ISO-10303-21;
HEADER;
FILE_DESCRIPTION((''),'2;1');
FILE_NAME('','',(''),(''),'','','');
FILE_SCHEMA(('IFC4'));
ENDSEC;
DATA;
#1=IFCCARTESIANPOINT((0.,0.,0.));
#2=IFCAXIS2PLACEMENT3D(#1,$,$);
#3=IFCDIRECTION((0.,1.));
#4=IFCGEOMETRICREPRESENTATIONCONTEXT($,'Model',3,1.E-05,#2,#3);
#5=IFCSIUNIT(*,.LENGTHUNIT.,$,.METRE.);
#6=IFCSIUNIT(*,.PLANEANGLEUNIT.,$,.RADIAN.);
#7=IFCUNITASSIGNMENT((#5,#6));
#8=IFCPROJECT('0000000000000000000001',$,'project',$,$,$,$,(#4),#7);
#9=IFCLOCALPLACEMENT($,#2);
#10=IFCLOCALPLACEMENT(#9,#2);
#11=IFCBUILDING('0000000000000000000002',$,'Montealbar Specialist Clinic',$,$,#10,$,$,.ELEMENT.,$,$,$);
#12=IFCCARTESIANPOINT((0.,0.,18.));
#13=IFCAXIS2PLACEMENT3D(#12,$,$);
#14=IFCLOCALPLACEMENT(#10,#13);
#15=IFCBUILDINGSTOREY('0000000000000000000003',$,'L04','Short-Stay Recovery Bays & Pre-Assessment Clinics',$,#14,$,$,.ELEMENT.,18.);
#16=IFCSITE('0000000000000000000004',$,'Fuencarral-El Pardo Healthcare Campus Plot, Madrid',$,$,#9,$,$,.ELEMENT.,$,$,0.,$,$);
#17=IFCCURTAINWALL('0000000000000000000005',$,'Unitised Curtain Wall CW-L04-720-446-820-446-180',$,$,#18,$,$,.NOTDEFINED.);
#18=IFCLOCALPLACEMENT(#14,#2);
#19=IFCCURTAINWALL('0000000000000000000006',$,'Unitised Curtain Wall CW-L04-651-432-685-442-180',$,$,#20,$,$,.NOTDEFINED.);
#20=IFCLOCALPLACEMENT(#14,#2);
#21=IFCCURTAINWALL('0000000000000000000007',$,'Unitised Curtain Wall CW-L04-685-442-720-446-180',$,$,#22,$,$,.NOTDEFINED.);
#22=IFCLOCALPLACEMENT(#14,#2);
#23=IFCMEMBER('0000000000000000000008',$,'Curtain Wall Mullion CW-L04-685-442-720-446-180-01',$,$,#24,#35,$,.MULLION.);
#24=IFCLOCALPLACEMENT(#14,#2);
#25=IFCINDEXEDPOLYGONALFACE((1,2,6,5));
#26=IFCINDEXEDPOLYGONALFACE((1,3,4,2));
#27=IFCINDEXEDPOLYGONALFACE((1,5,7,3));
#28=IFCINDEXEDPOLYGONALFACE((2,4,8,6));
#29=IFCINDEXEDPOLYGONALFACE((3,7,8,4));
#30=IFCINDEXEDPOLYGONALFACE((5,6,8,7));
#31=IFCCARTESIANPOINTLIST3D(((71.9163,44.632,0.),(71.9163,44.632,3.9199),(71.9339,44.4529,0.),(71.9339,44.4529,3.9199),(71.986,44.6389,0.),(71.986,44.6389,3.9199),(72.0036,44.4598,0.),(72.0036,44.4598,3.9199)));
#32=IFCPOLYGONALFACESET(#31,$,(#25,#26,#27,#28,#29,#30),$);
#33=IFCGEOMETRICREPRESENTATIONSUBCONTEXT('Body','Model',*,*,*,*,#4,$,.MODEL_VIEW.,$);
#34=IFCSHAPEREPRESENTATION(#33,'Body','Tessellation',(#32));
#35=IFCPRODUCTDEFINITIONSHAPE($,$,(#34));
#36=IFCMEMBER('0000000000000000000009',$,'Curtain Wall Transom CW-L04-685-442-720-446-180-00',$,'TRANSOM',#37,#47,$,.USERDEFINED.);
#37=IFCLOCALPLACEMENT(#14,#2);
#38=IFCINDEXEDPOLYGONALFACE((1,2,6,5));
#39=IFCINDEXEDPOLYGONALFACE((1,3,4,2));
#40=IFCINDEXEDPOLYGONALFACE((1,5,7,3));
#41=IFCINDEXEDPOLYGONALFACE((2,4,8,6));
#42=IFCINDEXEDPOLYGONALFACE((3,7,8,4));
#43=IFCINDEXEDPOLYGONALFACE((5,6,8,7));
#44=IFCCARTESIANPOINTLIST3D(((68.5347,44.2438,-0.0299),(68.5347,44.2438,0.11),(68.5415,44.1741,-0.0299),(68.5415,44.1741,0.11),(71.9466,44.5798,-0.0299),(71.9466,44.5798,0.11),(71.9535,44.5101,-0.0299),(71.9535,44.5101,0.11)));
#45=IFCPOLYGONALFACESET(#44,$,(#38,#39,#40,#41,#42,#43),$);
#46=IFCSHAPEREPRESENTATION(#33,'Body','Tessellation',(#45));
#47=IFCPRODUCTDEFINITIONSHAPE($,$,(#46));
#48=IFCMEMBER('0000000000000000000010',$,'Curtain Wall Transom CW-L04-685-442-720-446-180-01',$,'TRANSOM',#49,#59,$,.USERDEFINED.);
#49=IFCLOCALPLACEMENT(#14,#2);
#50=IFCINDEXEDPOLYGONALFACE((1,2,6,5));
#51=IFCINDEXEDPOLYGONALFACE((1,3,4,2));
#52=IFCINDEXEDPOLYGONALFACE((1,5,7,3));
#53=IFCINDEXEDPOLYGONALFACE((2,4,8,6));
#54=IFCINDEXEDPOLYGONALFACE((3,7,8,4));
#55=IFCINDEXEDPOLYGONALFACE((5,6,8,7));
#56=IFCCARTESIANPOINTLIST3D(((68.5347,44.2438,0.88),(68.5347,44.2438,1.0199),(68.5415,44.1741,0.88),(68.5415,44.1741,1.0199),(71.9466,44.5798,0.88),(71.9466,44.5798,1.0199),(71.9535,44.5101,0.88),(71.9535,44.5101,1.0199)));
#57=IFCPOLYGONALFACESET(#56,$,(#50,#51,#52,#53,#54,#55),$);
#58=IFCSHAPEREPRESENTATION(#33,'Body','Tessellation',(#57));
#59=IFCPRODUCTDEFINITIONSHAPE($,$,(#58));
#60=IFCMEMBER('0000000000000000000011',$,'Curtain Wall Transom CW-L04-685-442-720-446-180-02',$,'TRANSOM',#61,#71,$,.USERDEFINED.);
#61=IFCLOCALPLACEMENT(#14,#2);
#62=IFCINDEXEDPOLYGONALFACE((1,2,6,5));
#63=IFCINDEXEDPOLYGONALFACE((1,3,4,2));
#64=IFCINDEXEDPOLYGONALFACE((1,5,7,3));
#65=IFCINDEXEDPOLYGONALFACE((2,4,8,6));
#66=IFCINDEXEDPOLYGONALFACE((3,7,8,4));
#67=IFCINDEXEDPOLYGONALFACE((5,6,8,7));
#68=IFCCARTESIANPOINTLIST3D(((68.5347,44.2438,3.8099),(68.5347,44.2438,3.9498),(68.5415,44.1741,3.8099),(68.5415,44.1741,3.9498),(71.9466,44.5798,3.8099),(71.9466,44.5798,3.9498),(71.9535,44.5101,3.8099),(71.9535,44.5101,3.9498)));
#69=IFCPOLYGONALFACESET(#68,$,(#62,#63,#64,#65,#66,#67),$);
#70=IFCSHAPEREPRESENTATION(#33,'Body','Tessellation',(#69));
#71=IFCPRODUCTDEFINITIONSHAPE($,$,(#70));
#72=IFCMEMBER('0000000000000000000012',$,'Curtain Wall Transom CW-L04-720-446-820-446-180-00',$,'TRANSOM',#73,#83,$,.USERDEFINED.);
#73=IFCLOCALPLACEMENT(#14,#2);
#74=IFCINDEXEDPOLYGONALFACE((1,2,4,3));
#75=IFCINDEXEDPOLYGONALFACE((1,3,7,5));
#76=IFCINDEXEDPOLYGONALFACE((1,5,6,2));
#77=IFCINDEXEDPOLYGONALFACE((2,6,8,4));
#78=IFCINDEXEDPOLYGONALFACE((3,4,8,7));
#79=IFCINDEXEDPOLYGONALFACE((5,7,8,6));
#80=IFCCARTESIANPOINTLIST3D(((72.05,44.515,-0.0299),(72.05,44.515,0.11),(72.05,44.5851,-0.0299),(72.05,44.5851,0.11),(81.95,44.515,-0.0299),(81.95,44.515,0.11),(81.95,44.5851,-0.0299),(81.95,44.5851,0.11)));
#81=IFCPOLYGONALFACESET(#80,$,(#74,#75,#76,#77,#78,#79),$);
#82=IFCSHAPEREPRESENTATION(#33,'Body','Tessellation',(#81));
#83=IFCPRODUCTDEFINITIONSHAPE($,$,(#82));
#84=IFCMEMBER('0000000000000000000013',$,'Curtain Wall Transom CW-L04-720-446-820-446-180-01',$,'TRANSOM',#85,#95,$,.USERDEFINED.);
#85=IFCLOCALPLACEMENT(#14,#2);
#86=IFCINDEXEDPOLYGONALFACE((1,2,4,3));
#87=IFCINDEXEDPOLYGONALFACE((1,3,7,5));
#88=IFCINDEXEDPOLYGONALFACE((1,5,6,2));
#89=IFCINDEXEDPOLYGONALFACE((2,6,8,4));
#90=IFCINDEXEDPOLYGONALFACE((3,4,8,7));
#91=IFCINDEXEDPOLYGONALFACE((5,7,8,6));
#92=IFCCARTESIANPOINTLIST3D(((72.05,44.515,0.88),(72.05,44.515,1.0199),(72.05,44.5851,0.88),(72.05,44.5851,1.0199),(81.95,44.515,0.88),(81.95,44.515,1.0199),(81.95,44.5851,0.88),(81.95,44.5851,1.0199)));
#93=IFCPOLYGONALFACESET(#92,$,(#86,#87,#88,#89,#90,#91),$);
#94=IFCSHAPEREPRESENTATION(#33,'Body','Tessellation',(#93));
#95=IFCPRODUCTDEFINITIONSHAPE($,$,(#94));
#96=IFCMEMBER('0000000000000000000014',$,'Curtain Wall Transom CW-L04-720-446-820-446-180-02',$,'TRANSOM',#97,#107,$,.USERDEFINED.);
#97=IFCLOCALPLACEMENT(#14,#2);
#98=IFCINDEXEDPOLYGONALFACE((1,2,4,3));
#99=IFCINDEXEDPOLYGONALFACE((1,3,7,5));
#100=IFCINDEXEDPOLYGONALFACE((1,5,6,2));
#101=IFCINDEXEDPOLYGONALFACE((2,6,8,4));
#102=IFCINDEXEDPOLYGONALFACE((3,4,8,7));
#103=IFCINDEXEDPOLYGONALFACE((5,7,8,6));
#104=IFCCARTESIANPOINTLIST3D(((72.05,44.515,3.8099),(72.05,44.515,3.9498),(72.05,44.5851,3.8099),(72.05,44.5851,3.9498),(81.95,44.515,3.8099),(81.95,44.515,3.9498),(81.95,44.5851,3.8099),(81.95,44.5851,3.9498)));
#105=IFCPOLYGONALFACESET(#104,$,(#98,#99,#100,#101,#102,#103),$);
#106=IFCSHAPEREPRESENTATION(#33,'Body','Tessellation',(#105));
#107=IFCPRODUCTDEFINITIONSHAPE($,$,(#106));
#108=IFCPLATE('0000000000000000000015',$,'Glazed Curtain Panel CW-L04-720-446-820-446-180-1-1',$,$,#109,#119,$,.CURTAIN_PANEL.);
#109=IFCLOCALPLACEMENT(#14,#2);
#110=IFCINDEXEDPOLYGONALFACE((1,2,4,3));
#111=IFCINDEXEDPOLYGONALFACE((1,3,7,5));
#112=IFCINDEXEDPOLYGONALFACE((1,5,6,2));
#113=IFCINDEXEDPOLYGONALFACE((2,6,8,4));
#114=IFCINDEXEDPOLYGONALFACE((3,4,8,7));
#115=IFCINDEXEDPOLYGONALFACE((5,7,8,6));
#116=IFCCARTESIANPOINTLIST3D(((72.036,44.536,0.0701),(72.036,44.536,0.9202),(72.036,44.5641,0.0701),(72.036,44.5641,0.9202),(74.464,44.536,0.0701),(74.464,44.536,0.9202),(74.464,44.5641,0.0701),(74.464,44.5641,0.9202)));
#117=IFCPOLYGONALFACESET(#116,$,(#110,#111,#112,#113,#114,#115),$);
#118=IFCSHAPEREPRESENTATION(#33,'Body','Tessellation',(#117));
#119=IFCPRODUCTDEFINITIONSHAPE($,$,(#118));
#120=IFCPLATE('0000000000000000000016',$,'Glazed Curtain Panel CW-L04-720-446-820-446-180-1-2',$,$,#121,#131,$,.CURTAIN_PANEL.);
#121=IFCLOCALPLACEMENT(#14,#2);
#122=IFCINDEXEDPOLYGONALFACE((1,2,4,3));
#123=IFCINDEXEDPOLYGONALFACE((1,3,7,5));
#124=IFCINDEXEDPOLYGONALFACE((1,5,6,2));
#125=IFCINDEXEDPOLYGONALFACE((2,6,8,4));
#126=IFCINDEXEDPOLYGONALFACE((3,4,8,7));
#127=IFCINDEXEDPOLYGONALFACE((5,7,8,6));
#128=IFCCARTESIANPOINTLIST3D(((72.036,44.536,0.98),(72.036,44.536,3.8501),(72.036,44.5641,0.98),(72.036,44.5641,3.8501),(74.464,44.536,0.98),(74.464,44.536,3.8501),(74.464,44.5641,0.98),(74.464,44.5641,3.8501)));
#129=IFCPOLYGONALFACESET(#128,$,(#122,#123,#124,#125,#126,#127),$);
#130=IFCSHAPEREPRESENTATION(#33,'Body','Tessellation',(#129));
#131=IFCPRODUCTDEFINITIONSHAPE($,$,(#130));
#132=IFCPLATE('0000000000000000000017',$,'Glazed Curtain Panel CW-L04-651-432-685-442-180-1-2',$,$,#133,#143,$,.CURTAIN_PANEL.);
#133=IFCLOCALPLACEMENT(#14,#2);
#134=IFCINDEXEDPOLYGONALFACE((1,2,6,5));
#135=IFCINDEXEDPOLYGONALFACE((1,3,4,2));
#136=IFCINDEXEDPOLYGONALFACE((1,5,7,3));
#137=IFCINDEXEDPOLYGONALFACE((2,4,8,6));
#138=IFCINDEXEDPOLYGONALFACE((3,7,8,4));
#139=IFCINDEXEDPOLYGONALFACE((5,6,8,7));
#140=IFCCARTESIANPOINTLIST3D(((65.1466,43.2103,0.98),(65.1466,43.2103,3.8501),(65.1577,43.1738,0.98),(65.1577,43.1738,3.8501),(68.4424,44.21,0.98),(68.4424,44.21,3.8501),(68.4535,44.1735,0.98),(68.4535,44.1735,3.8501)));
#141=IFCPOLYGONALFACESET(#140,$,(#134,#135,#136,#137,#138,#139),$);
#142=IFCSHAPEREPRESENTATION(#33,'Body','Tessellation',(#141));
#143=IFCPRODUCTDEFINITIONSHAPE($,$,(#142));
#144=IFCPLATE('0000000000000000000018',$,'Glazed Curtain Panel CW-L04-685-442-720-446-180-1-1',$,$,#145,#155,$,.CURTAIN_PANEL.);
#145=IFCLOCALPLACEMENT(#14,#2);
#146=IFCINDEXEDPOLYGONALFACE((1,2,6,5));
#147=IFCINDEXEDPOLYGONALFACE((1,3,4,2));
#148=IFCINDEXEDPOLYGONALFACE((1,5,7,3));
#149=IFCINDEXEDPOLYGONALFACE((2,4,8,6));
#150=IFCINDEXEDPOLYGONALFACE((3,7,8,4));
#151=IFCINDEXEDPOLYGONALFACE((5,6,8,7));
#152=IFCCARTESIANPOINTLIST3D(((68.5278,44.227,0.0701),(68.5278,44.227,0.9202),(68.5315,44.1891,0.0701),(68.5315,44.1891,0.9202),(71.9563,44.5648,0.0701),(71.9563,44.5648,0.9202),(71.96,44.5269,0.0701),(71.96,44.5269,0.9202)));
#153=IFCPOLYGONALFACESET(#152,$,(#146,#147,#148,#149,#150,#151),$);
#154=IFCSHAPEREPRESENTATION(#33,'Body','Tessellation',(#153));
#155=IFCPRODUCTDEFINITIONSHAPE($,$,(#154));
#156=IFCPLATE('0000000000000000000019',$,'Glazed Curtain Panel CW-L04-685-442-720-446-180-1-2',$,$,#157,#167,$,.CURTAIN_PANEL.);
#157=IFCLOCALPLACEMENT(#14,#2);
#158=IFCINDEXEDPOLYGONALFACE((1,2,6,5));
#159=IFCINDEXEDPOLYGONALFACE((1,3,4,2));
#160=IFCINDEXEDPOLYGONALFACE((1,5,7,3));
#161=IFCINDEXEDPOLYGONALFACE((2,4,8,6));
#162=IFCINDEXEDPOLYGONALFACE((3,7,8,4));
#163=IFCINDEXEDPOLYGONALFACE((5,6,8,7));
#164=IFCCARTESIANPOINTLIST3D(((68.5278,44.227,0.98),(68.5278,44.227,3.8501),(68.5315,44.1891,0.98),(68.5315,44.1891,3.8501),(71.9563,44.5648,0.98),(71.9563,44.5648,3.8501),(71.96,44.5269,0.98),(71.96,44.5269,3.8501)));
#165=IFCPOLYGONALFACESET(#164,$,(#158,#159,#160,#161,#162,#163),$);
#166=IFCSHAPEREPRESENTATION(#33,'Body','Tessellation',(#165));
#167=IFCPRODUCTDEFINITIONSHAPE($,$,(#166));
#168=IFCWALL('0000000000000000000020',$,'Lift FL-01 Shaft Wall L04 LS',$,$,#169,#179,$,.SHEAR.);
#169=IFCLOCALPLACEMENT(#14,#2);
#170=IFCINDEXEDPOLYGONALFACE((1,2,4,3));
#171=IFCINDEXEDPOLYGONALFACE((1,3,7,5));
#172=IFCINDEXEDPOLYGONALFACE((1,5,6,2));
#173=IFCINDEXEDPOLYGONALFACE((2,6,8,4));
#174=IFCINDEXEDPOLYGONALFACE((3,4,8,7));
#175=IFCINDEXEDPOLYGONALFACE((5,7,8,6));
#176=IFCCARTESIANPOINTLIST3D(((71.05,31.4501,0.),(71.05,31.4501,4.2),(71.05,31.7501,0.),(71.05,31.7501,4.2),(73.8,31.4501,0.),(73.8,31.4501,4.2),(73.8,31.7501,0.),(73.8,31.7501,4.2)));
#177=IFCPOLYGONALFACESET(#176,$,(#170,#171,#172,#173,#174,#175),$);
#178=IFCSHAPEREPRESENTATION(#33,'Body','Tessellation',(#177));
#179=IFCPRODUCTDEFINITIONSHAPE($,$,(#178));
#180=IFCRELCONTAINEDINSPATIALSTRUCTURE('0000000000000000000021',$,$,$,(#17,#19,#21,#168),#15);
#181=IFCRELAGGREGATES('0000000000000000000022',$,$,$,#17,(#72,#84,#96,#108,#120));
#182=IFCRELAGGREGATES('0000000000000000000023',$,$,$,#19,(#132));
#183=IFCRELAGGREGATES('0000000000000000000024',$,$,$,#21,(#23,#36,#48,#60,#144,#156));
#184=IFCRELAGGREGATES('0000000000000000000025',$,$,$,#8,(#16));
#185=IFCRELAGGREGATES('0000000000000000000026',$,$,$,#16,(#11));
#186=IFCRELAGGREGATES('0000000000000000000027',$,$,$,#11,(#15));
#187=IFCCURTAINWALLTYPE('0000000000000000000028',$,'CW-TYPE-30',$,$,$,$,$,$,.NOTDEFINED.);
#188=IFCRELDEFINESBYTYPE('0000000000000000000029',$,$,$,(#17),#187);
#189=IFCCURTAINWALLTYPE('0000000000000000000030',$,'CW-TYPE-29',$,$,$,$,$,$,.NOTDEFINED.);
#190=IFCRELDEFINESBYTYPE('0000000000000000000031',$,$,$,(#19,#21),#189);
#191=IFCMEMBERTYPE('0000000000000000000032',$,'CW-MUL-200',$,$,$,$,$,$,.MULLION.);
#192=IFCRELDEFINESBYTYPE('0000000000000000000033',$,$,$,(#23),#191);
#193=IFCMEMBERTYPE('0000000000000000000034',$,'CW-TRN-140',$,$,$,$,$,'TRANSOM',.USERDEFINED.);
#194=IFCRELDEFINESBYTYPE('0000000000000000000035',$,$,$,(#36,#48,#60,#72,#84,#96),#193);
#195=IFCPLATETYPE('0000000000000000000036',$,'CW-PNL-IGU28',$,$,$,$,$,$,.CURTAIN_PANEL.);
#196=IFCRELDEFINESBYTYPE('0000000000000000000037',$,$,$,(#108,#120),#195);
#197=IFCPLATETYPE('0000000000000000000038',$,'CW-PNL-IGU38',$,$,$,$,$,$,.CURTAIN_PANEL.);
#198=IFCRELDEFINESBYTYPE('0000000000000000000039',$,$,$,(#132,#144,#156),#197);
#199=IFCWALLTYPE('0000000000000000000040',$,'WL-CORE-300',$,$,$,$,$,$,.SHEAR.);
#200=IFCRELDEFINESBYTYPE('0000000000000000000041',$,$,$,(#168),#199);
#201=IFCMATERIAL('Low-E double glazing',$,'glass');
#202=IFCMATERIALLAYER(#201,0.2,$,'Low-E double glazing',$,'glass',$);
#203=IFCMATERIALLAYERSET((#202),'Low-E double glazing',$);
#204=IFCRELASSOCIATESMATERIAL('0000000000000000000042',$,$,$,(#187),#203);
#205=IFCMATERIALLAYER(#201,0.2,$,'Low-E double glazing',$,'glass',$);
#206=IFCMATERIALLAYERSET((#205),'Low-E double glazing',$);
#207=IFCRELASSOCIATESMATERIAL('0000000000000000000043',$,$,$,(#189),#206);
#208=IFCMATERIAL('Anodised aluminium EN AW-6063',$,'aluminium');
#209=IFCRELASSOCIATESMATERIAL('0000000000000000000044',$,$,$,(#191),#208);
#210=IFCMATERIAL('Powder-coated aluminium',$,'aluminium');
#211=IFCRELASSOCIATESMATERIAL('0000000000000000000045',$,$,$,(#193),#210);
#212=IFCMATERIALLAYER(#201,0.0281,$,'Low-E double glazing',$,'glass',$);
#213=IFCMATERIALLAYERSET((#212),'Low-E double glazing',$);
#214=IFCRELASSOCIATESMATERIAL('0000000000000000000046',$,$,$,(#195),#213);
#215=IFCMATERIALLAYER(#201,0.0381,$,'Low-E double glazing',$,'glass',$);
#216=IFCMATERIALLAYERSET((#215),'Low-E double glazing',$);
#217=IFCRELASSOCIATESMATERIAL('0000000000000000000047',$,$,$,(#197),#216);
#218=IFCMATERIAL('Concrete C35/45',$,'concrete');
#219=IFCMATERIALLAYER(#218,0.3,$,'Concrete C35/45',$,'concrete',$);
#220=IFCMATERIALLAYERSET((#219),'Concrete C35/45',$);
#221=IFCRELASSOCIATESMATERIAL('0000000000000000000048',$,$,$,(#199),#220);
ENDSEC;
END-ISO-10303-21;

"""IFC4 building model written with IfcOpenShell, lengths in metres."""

from ifc_helpers import new_model, si_unit, direction, frame, frame_2d, origin, origin_2d, place, context, subcontext, project, spatial, rectangle, extrude, material, layer, layer_set, material_profile, profile_set, type_object, element, aggregate, save


model = new_model("IFC4")

# Units and contexts
model_context = context("Model", 3, precision=1e-05, world=origin(), true_north=direction((0.0, 1.0)))
body_context = subcontext(model_context, "Body", "Model", "MODEL_VIEW")
ifc_project = project(units=[si_unit("LENGTHUNIT", "METRE"), si_unit("PLANEANGLEUNIT", "RADIAN")], contexts=[model_context])

# Site, building, storey
site_placement = place(None, origin())
site = spatial("IfcSite", under=ifc_project, at=site_placement, Name="Fuencarral-El Pardo Healthcare Campus Plot, Madrid", CompositionType="ELEMENT", RefElevation=0.0)
building_placement = place(site_placement, origin())
building = spatial("IfcBuilding", under=site, at=building_placement, Name="Montealbar Specialist Clinic", CompositionType="ELEMENT")
storey_placement = place(building_placement, frame((0.0, 0.0, 18.0)))
storey = spatial("IfcBuildingStorey", under=building, at=storey_placement, Name="L04", Description="Short-Stay Recovery Bays & Pre-Assessment Clinics", CompositionType="ELEMENT", Elevation=18.0)

# Curtain walls
ifc_material_1 = material(Name="Low-E double glazing", Category="glass")
ifc_layer_1 = layer(ifc_material_1, 0.2, Name="Low-E double glazing", Category="glass")
ifc_layer_set_1 = layer_set([ifc_layer_1], Name="Low-E double glazing")
curtain_wall_type_1 = type_object("IfcCurtainWallType", Name="CW-TYPE-30", PredefinedType="NOTDEFINED", material=ifc_layer_set_1)
curtain_wall_1_placement = place(storey_placement, origin())
curtain_wall_1 = element("IfcCurtainWall", 1, at=curtain_wall_1_placement, inside=storey, type_object=curtain_wall_type_1, Name="Unitised Curtain Wall CW-L04-720-446-820-446-180", PredefinedType="NOTDEFINED")
ifc_material_2 = material(Name="Anodised aluminium EN AW-6063", Category="aluminium")
ifc_layer_2 = layer(ifc_material_1, 0.2, Name="Low-E double glazing", Category="glass")
ifc_layer_set_2 = layer_set([ifc_layer_2], Name="Low-E double glazing")
curtain_wall_type_2 = type_object("IfcCurtainWallType", Name="CW-TYPE-29", PredefinedType="NOTDEFINED", material=ifc_layer_set_2)
curtain_wall_2_placement = place(storey_placement, origin())
curtain_wall_2 = element("IfcCurtainWall", 2, at=curtain_wall_2_placement, inside=storey, type_object=curtain_wall_type_2, Name="Unitised Curtain Wall CW-L04-651-432-685-442-180", PredefinedType="NOTDEFINED")
ifc_material_profile_1 = material_profile(ifc_material_2, rectangle(XDim=0.0701, YDim=0.1799, at=origin_2d()), Name="ALU 70x180", Category="aluminium")
ifc_profile_set_1 = profile_set([ifc_material_profile_1], Name="Anodised aluminium EN AW-6063")
member_type_1 = type_object("IfcMemberType", Name="CW-MUL-200", PredefinedType="MULLION", material=ifc_profile_set_1)

# Curtain wall, members
curtain_wall_3_placement = place(storey_placement, origin())
curtain_wall_3 = element("IfcCurtainWall", 3, at=curtain_wall_3_placement, inside=storey, type_object=curtain_wall_type_2, Name="Unitised Curtain Wall CW-L04-685-442-720-446-180", PredefinedType="NOTDEFINED")
member_1_placement = place(storey_placement, frame((71.96, 44.5459, 0.0), z_axis=(0.0, 0.0, 1.0), x_axis=(0.995182, 0.098045, 0.0)))
member_1 = element("IfcMember", 4, at=member_1_placement, type_object=member_type_1, Name="Curtain Wall Mullion CW-L04-685-442-720-446-180-01", PredefinedType="MULLION", context=body_context, shape_type="SweptSolid", body=[
    extrude(rectangle(XDim=0.0701, YDim=0.1799, at=origin_2d()), origin(), (0.0, 0.0, 1.0), 3.9199),
])
ifc_material_3 = material(Name="Powder-coated aluminium", Category="aluminium")
ifc_material_profile_2 = material_profile(ifc_material_3, rectangle(XDim=0.0701, YDim=0.1399, at=origin_2d()), Name="ALU 70x140", Category="aluminium")
ifc_profile_set_2 = profile_set([ifc_material_profile_2], Name="Powder-coated aluminium")
member_type_2 = type_object("IfcMemberType", Name="CW-TRN-140", ElementType="TRANSOM", PredefinedType="USERDEFINED", material=ifc_profile_set_2)
member_2_placement = place(storey_placement, frame((68.5381, 44.209, 0.04), z_axis=(0.995188, 0.097988, 0.0), x_axis=(-0.097988, 0.995188, 0.0)))
member_2 = element("IfcMember", 5, at=member_2_placement, type_object=member_type_2, Name="Curtain Wall Transom CW-L04-685-442-720-446-180-00", ObjectType="TRANSOM", PredefinedType="USERDEFINED", context=body_context, shape_type="SweptSolid", body=[
    extrude(rectangle(XDim=0.0701, YDim=0.1399, at=origin_2d()), origin(), (0.0, 0.0, 1.0), 3.4285),
])
member_3_placement = place(storey_placement, frame((68.5381, 44.209, 0.95), z_axis=(0.995188, 0.097988, 0.0), x_axis=(-0.097988, 0.995188, 0.0)))
member_3 = element("IfcMember", 6, at=member_3_placement, type_object=member_type_2, Name="Curtain Wall Transom CW-L04-685-442-720-446-180-01", ObjectType="TRANSOM", PredefinedType="USERDEFINED", context=body_context, shape_type="SweptSolid", body=[
    extrude(rectangle(XDim=0.0701, YDim=0.1399, at=origin_2d()), origin(), (0.0, 0.0, 1.0), 3.4285),
])
member_4_placement = place(storey_placement, frame((68.5381, 44.209, 3.8799), z_axis=(0.995188, 0.097988, 0.0), x_axis=(-0.097988, 0.995188, 0.0)))
member_4 = element("IfcMember", 7, at=member_4_placement, type_object=member_type_2, Name="Curtain Wall Transom CW-L04-685-442-720-446-180-02", ObjectType="TRANSOM", PredefinedType="USERDEFINED", context=body_context, shape_type="SweptSolid", body=[
    extrude(rectangle(XDim=0.0701, YDim=0.1399, at=origin_2d()), origin(), (0.0, 0.0, 1.0), 3.4285),
])

# Members
member_5_placement = place(storey_placement, frame((72.05, 44.55, 0.04), z_axis=(1.0, 0.0, 0.0), x_axis=(0.0, 1.0, 0.0)))
member_5 = element("IfcMember", 8, at=member_5_placement, type_object=member_type_2, Name="Curtain Wall Transom CW-L04-720-446-820-446-180-00", ObjectType="TRANSOM", PredefinedType="USERDEFINED", context=body_context, shape_type="SweptSolid", body=[
    extrude(rectangle(XDim=0.0701, YDim=0.1399, at=origin_2d()), origin(), (0.0, 0.0, 1.0), 9.8999),
])
member_6_placement = place(storey_placement, frame((72.05, 44.55, 0.95), z_axis=(1.0, 0.0, 0.0), x_axis=(0.0, 1.0, 0.0)))
member_6 = element("IfcMember", 9, at=member_6_placement, type_object=member_type_2, Name="Curtain Wall Transom CW-L04-720-446-820-446-180-01", ObjectType="TRANSOM", PredefinedType="USERDEFINED", context=body_context, shape_type="SweptSolid", body=[
    extrude(rectangle(XDim=0.0701, YDim=0.1399, at=origin_2d()), origin(), (0.0, 0.0, 1.0), 9.8999),
])
member_7_placement = place(storey_placement, frame((72.05, 44.55, 3.8799), z_axis=(1.0, 0.0, 0.0), x_axis=(0.0, 1.0, 0.0)))
member_7 = element("IfcMember", 10, at=member_7_placement, type_object=member_type_2, Name="Curtain Wall Transom CW-L04-720-446-820-446-180-02", ObjectType="TRANSOM", PredefinedType="USERDEFINED", context=body_context, shape_type="SweptSolid", body=[
    extrude(rectangle(XDim=0.0701, YDim=0.1399, at=origin_2d()), origin(), (0.0, 0.0, 1.0), 9.8999),
])

# Plates
ifc_layer_3 = layer(ifc_material_1, 0.0281, Name="Low-E double glazing", Category="glass")
ifc_layer_set_3 = layer_set([ifc_layer_3], Name="Low-E double glazing")
plate_type_1 = type_object("IfcPlateType", Name="CW-PNL-IGU28", PredefinedType="CURTAIN_PANEL", material=ifc_layer_set_3)
plate_1_placement = place(storey_placement, frame((73.25, 44.55, 0.0701), z_axis=(0.0, 0.0, 1.0), x_axis=(1.0, 0.0, 0.0)))
plate_1 = element("IfcPlate", 11, at=plate_1_placement, type_object=plate_type_1, Name="Glazed Curtain Panel CW-L04-720-446-820-446-180-1-1", PredefinedType="CURTAIN_PANEL", context=body_context, shape_type="SweptSolid", body=[
    extrude(rectangle(XDim=2.428, YDim=0.0281, at=origin_2d()), origin(), (0.0, 0.0, 1.0), 0.8501),
])
plate_2_placement = place(storey_placement, frame((73.25, 44.55, 0.98), z_axis=(0.0, 0.0, 1.0), x_axis=(1.0, 0.0, 0.0)))
plate_2 = element("IfcPlate", 12, at=plate_2_placement, type_object=plate_type_1, Name="Glazed Curtain Panel CW-L04-720-446-820-446-180-1-2", PredefinedType="CURTAIN_PANEL", context=body_context, shape_type="SweptSolid", body=[
    extrude(rectangle(XDim=2.428, YDim=0.0281, at=origin_2d()), origin(), (0.0, 0.0, 1.0), 2.8701),
])
aggregate(curtain_wall_1, [member_5, member_6, member_7, plate_1, plate_2])
ifc_layer_4 = layer(ifc_material_1, 0.0381, Name="Low-E double glazing", Category="glass")
ifc_layer_set_4 = layer_set([ifc_layer_4], Name="Low-E double glazing")
plate_type_2 = type_object("IfcPlateType", Name="CW-PNL-IGU38", PredefinedType="CURTAIN_PANEL", material=ifc_layer_set_4)
plate_3_placement = place(storey_placement, frame((66.8, 43.6919, 0.98), z_axis=(0.0, 0.0, 1.0), x_axis=(0.956948, 0.290259, 0.0)))
plate_3 = element("IfcPlate", 13, at=plate_3_placement, type_object=plate_type_2, Name="Glazed Curtain Panel CW-L04-651-432-685-442-180-1-2", PredefinedType="CURTAIN_PANEL", context=body_context, shape_type="SweptSolid", body=[
    extrude(rectangle(XDim=3.4441, YDim=0.0381, at=origin_2d()), origin(), (0.0, 0.0, 1.0), 2.8701),
])
aggregate(curtain_wall_2, [plate_3])
plate_4_placement = place(storey_placement, frame((70.2439, 44.377, 0.0701), z_axis=(0.0, 0.0, 1.0), x_axis=(0.995182, 0.098045, 0.0)))
plate_4 = element("IfcPlate", 14, at=plate_4_placement, type_object=plate_type_2, Name="Glazed Curtain Panel CW-L04-685-442-720-446-180-1-1", PredefinedType="CURTAIN_PANEL", context=body_context, shape_type="SweptSolid", body=[
    extrude(rectangle(XDim=3.4451, YDim=0.0381, at=origin_2d()), origin(), (0.0, 0.0, 1.0), 0.8501),
])
plate_5_placement = place(storey_placement, frame((70.2439, 44.377, 0.98), z_axis=(0.0, 0.0, 1.0), x_axis=(0.995182, 0.098045, 0.0)))
plate_5 = element("IfcPlate", 15, at=plate_5_placement, type_object=plate_type_2, Name="Glazed Curtain Panel CW-L04-685-442-720-446-180-1-2", PredefinedType="CURTAIN_PANEL", context=body_context, shape_type="SweptSolid", body=[
    extrude(rectangle(XDim=3.4451, YDim=0.0381, at=origin_2d()), origin(), (0.0, 0.0, 1.0), 2.8701),
])
aggregate(curtain_wall_3, [member_1, member_2, member_3, member_4, plate_4, plate_5])

# Wall
ifc_material_4 = material(Name="Concrete C35/45", Category="concrete")
ifc_layer_5 = layer(ifc_material_4, 0.3, Name="Concrete C35/45", Category="concrete")
ifc_layer_set_5 = layer_set([ifc_layer_5], Name="Concrete C35/45")
wall_type = type_object("IfcWallType", Name="WL-CORE-300", PredefinedType="SHEAR", material=ifc_layer_set_5)
wall_1_placement = place(storey_placement, frame((71.05, 31.6001, 0.0), z_axis=(0.0, 0.0, 1.0), x_axis=(1.0, 0.0, 0.0)))
element("IfcWall", 16, at=wall_1_placement, inside=storey, type_object=wall_type, Name="Lift FL-01 Shaft Wall L04 LS", PredefinedType="SHEAR", context=body_context, shape_type="SweptSolid", body=[
    extrude(rectangle(XDim=2.75, YDim=0.3, at=frame_2d((1.375, 0.0))), origin(), (0.0, 0.0, 1.0), 4.2),
])

save(model, "model.ifc")
